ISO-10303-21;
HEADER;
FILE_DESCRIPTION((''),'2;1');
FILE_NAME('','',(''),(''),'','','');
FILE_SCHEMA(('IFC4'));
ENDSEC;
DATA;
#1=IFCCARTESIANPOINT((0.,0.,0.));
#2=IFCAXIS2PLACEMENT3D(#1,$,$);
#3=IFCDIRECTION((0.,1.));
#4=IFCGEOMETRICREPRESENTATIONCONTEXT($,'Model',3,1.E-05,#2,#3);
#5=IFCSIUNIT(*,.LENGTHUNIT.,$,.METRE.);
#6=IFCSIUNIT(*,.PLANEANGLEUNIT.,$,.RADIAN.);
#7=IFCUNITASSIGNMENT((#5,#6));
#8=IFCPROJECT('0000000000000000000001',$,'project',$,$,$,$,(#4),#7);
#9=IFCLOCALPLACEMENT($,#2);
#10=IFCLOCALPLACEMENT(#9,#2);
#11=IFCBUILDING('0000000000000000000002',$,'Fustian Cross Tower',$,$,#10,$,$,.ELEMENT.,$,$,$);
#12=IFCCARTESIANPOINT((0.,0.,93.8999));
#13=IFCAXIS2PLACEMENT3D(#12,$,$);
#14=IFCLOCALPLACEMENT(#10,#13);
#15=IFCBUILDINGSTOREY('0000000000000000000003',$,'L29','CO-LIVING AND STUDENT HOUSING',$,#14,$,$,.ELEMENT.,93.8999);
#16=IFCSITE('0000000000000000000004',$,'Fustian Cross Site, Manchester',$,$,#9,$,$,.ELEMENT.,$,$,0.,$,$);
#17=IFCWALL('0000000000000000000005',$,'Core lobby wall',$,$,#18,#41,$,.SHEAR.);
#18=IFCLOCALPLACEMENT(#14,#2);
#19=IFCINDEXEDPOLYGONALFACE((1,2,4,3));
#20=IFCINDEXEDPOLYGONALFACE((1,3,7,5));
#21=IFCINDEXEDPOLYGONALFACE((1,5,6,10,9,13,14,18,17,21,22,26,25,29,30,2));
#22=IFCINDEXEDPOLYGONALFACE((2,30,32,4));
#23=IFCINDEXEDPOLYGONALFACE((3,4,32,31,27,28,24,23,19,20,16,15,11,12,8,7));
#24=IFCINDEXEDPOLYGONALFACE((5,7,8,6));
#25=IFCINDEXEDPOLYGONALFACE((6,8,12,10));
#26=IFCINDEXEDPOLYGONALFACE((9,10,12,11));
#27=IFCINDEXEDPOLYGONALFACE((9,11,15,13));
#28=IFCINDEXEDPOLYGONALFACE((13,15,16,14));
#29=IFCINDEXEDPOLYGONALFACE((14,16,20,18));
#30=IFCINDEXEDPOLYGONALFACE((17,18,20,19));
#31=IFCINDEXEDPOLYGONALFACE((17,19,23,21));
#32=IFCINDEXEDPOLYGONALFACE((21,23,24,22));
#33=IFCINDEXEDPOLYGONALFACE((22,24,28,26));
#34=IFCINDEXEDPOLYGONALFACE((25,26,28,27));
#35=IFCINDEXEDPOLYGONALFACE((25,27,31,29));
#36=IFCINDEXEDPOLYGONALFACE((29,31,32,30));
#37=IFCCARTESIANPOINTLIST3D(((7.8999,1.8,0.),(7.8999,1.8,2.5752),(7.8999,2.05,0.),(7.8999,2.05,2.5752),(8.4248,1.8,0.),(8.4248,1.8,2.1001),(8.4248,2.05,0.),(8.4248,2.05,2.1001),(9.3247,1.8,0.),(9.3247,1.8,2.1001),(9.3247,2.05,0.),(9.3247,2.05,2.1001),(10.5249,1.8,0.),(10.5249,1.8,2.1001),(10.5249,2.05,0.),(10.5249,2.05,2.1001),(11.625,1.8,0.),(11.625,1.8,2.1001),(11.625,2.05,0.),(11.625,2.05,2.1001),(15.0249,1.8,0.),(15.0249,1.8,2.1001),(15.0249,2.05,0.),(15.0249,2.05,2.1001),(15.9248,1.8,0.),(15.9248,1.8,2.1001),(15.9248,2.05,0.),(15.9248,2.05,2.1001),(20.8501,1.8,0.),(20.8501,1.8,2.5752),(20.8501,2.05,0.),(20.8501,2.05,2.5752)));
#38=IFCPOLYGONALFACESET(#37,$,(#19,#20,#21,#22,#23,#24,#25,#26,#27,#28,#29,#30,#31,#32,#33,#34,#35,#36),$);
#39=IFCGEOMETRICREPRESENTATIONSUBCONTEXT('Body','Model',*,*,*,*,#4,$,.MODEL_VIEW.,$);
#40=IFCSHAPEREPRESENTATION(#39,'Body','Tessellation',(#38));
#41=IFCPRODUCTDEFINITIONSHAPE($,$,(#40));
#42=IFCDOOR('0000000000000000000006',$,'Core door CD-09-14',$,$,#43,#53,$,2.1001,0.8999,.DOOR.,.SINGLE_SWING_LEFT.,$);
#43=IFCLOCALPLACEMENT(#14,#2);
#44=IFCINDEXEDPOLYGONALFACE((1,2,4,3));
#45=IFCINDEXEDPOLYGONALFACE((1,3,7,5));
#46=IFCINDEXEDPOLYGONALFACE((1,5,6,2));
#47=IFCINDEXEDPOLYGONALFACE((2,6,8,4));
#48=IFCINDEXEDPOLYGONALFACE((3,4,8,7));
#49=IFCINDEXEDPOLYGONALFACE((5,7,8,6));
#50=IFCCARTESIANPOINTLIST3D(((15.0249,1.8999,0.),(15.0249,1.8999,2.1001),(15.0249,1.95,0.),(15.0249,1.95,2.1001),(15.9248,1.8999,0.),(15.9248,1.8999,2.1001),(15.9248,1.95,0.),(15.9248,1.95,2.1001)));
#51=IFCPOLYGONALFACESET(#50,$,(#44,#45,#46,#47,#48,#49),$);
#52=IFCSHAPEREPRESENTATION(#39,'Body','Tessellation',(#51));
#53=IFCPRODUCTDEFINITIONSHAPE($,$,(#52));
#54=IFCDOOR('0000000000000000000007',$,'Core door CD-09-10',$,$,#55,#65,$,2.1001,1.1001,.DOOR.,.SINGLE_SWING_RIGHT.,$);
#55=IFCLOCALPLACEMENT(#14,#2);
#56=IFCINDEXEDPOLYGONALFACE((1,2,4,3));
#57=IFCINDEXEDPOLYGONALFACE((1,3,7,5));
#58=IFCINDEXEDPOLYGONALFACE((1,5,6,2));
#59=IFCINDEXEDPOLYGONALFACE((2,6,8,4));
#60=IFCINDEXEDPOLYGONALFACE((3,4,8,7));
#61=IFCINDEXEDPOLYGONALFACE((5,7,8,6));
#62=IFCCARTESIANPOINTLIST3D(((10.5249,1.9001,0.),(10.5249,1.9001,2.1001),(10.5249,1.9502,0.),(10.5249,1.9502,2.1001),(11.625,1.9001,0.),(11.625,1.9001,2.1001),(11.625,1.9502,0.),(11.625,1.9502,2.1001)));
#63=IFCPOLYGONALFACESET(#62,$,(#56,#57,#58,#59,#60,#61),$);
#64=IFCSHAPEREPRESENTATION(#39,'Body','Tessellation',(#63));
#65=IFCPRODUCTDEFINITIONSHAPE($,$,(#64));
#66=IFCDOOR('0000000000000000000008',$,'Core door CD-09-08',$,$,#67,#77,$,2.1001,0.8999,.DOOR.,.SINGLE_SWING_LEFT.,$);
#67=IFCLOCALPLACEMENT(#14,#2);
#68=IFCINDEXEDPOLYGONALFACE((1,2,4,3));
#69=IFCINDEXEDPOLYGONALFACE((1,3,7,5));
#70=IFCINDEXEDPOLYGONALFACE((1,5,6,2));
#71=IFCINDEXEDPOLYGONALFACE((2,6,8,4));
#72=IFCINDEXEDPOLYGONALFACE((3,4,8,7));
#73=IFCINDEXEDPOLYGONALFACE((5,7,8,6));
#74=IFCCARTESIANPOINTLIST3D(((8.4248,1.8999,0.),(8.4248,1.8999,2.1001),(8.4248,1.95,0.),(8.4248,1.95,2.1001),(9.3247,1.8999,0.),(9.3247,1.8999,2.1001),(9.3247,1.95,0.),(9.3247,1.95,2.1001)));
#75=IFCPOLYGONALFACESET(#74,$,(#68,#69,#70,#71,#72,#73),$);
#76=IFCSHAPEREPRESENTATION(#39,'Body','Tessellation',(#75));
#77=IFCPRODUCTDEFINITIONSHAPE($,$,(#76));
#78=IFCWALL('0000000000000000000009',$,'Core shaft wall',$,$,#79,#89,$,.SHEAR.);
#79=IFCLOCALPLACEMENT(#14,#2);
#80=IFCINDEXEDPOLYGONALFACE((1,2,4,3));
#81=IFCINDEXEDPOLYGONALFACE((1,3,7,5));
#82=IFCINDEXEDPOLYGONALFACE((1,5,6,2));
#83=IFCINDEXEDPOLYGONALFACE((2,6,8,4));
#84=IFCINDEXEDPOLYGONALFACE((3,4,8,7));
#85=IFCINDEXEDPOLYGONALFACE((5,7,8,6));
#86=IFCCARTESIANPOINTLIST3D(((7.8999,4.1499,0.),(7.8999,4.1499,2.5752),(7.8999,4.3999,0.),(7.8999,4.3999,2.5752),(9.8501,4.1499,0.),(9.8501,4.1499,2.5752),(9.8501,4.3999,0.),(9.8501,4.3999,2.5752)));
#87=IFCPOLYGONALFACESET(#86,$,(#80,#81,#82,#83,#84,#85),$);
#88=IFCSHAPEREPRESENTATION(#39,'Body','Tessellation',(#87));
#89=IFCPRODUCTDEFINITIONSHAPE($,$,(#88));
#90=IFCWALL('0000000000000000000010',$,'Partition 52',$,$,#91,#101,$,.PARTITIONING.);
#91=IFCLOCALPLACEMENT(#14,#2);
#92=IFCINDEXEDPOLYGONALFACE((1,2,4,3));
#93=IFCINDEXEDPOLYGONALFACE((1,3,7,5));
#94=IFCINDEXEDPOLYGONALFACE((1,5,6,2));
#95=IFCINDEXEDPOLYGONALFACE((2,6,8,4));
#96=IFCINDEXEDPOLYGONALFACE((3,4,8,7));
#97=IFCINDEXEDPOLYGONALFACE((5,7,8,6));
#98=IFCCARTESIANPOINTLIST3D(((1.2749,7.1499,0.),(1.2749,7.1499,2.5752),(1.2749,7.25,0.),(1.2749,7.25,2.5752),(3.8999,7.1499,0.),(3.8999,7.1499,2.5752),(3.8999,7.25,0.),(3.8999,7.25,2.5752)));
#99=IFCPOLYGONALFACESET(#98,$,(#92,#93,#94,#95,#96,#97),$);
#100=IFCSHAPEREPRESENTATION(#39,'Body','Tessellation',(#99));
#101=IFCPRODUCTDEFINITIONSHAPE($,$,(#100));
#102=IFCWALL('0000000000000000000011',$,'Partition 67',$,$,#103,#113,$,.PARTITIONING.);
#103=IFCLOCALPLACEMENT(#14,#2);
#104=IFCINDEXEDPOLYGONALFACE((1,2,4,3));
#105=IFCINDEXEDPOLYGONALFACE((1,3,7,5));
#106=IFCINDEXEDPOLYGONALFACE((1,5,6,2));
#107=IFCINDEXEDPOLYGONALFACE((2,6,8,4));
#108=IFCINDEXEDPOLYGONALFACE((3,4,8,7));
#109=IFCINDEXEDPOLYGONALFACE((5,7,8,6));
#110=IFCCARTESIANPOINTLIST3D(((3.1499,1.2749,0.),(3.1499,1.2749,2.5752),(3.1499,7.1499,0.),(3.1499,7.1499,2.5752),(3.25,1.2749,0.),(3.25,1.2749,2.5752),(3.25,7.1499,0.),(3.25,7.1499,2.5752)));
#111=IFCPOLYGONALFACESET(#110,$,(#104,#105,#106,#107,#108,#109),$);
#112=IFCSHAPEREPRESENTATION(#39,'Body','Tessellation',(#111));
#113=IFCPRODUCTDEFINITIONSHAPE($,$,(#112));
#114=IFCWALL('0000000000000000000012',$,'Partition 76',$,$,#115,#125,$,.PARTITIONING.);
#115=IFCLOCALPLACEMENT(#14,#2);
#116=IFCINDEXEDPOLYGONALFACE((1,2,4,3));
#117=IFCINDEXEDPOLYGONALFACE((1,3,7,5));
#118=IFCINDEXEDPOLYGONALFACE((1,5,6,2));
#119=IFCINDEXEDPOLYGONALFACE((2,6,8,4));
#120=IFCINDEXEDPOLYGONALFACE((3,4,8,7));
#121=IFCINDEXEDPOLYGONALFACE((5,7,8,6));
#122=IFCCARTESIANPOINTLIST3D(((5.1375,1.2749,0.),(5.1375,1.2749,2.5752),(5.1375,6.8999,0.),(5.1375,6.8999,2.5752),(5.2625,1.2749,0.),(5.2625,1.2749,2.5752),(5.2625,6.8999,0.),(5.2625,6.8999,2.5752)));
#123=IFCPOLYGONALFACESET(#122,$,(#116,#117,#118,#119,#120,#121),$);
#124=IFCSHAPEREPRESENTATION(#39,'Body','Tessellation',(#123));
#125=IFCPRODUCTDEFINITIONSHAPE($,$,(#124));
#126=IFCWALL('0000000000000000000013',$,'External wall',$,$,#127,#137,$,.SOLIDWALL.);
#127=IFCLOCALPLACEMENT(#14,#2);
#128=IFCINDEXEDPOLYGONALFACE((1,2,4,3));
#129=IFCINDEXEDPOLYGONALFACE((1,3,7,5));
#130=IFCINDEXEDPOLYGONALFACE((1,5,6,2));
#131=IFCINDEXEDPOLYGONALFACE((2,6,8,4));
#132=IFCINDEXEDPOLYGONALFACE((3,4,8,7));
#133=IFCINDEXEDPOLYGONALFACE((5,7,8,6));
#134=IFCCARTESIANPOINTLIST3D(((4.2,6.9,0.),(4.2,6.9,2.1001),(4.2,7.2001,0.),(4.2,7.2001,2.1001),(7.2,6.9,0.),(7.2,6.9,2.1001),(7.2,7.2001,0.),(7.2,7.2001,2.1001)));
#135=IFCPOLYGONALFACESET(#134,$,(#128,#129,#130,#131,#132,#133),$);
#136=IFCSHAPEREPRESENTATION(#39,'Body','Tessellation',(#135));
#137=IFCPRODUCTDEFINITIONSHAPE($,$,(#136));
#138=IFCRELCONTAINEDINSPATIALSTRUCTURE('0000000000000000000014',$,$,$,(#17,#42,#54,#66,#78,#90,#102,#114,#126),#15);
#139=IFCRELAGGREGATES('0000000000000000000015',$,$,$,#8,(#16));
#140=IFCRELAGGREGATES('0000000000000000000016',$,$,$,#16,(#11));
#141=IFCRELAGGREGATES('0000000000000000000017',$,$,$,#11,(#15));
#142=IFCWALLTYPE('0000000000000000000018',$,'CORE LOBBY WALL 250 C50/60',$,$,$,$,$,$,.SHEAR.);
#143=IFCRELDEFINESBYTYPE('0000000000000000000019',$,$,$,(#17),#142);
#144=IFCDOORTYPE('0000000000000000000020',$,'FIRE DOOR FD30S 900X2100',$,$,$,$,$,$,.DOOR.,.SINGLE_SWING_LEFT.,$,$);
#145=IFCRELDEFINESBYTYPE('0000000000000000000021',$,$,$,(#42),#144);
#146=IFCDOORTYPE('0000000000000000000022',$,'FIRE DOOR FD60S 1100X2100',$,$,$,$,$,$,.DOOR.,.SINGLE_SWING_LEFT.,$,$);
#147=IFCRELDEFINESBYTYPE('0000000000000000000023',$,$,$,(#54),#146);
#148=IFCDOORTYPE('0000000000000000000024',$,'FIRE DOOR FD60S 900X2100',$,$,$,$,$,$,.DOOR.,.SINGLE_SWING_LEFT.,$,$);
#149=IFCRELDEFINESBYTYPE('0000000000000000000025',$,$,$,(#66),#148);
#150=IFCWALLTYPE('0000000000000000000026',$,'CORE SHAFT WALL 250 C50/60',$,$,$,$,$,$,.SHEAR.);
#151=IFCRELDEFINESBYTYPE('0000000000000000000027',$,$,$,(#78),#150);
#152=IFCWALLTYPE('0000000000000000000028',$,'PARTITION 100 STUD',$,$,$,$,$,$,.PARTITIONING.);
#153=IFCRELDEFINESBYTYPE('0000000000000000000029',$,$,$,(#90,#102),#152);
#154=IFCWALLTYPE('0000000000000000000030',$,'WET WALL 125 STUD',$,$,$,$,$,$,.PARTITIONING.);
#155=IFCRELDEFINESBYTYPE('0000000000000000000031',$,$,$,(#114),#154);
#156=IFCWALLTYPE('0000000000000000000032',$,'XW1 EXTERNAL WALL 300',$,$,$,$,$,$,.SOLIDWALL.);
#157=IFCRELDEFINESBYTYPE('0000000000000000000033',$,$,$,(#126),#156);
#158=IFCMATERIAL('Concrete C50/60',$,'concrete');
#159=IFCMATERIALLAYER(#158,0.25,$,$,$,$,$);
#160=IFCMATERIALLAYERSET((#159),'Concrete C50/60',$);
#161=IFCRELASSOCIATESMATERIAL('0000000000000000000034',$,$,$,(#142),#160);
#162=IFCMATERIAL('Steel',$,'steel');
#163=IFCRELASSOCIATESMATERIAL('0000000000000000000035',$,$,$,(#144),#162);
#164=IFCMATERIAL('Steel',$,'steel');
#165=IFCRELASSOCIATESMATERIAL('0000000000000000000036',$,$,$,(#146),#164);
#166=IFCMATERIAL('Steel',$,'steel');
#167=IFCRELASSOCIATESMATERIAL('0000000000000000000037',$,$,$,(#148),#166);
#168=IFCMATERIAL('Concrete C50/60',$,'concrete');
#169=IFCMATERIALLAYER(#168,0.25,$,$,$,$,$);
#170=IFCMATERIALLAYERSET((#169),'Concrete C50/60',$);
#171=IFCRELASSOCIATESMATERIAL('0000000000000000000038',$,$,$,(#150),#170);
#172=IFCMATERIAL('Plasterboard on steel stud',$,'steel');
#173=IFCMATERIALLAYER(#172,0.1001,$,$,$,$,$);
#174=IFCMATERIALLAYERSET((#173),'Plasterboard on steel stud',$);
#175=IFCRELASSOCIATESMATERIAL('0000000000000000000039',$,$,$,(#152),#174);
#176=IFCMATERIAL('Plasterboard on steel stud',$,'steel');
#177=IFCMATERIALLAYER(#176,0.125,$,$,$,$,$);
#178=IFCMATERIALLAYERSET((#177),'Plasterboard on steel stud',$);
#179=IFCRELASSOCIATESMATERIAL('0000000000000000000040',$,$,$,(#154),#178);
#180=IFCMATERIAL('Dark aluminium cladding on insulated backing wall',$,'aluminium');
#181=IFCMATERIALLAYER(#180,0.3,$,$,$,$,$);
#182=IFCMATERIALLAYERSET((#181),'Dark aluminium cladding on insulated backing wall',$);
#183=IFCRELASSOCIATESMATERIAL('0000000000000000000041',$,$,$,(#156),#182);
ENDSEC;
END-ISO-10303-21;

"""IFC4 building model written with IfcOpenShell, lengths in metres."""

from ifc_helpers import new_model, si_unit, direction, frame, frame_2d, origin, place, context, subcontext, project, spatial, rectangle, extrude, material, layer, layer_set, type_object, element, fill, save


model = new_model("IFC4")

# Units and contexts
model_context = context("Model", 3, precision=1e-05, world=origin(), true_north=direction((0.0, 1.0)))
body_context = subcontext(model_context, "Body", "Model", "MODEL_VIEW")
ifc_project = project(units=[si_unit("LENGTHUNIT", "METRE"), si_unit("PLANEANGLEUNIT", "RADIAN")], contexts=[model_context])

# Site, building, storey
site_placement = place(None, origin())
site = spatial("IfcSite", under=ifc_project, at=site_placement, Name="Fustian Cross Site, Manchester", CompositionType="ELEMENT", RefElevation=0.0)
building_placement = place(site_placement, origin())
building = spatial("IfcBuilding", under=site, at=building_placement, Name="Fustian Cross Tower", CompositionType="ELEMENT")
storey_placement = place(building_placement, frame((0.0, 0.0, 93.8999)))
storey = spatial("IfcBuildingStorey", under=building, at=storey_placement, Name="L29", Description="CO-LIVING AND STUDENT HOUSING", CompositionType="ELEMENT", Elevation=93.8999)

# Wall, openings, doors
ifc_material_1 = material(Name="Concrete C50/60", Category="concrete")
ifc_layer_1 = layer(ifc_material_1, 0.25)
ifc_layer_set_1 = layer_set([ifc_layer_1], Name="Concrete C50/60")
wall_type_1 = type_object("IfcWallType", Name="CORE LOBBY WALL 250 C50/60", PredefinedType="SHEAR", material=ifc_layer_set_1)
wall_1_placement = place(storey_placement, frame((7.8999, 1.925, 0.0), z_axis=(0.0, 0.0, 1.0), x_axis=(1.0, 0.0, 0.0)))
wall_1 = element("IfcWall", 1, at=wall_1_placement, inside=storey, type_object=wall_type_1, Name="Core lobby wall", PredefinedType="SHEAR", context=body_context, shape_type="SweptSolid", body=[
    extrude(rectangle(XDim=12.9502, YDim=0.25, at=frame_2d((6.4751, 0.0))), origin(), (0.0, 0.0, 1.0), 2.5752),
])
opening_1_placement = place(wall_1_placement, frame((0.5249, 0.0, 0.0)))
opening_1 = element("IfcOpeningElement", 2, at=opening_1_placement, cuts=wall_1, PredefinedType="OPENING", context=body_context, shape_type="SweptSolid", body=[
    extrude(rectangle(XDim=0.8999, YDim=2.1001, at=frame_2d((0.45, 1.05))), frame((0.0, 0.135, 0.0), z_axis=(0.0, -1.0, 0.0), x_axis=(1.0, 0.0, 0.0)), (0.0, 0.0, 1.0), 0.27),
])
opening_2_placement = place(wall_1_placement, frame((2.625, 0.0, 0.0)))
opening_2 = element("IfcOpeningElement", 3, at=opening_2_placement, cuts=wall_1, PredefinedType="OPENING", context=body_context, shape_type="SweptSolid", body=[
    extrude(rectangle(XDim=1.1001, YDim=2.1001, at=frame_2d((0.55, 1.05))), frame((0.0, 0.135, 0.0), z_axis=(0.0, -1.0, 0.0), x_axis=(1.0, 0.0, 0.0)), (0.0, 0.0, 1.0), 0.27),
])
opening_3_placement = place(wall_1_placement, frame((7.125, 0.0, 0.0)))
opening_3 = element("IfcOpeningElement", 4, at=opening_3_placement, cuts=wall_1, PredefinedType="OPENING", context=body_context, shape_type="SweptSolid", body=[
    extrude(rectangle(XDim=0.8999, YDim=2.1001, at=frame_2d((0.45, 1.05))), frame((0.0, 0.135, 0.0), z_axis=(0.0, -1.0, 0.0), x_axis=(1.0, 0.0, 0.0)), (0.0, 0.0, 1.0), 0.27),
])
ifc_material_2 = material(Name="Steel", Category="steel")
door_type_1 = type_object("IfcDoorType", Name="FIRE DOOR FD30S 900X2100", OperationType="SINGLE_SWING_LEFT", PredefinedType="DOOR", material=ifc_material_2)
door_1_placement = place(opening_3_placement, origin())
door_1 = element("IfcDoor", 5, at=door_1_placement, inside=storey, type_object=door_type_1, Name="Core door CD-09-14", OperationType="SINGLE_SWING_LEFT", OverallHeight=2.1001, OverallWidth=0.8999, PredefinedType="DOOR", context=body_context, shape_type="SweptSolid", body=[
    extrude(rectangle(XDim=0.8999, YDim=2.1001, at=frame_2d((0.45, 1.05))), frame((0.0, 0.0249, 0.0), z_axis=(0.0, -1.0, 0.0), x_axis=(1.0, 0.0, 0.0)), (0.0, 0.0, 1.0), 0.05),
])
fill(opening_3, door_1)
ifc_material_3 = material(Name="Steel", Category="steel")
door_type_2 = type_object("IfcDoorType", Name="FIRE DOOR FD60S 1100X2100", OperationType="SINGLE_SWING_LEFT", PredefinedType="DOOR", material=ifc_material_3)
door_2_placement = place(opening_2_placement, frame((1.1001, 0.0, 0.0), z_axis=(0.0, 0.0, 1.0), x_axis=(-1.0, 0.0, 0.0)))
door_2 = element("IfcDoor", 6, at=door_2_placement, inside=storey, type_object=door_type_2, Name="Core door CD-09-10", OperationType="SINGLE_SWING_RIGHT", OverallHeight=2.1001, OverallWidth=1.1001, PredefinedType="DOOR", context=body_context, shape_type="SweptSolid", body=[
    extrude(rectangle(XDim=1.1001, YDim=2.1001, at=frame_2d((0.55, 1.05))), frame((0.0, 0.0249, 0.0), z_axis=(0.0, -1.0, 0.0), x_axis=(1.0, 0.0, 0.0)), (0.0, 0.0, 1.0), 0.05),
])
fill(opening_2, door_2)
ifc_material_4 = material(Name="Steel", Category="steel")
door_type_3 = type_object("IfcDoorType", Name="FIRE DOOR FD60S 900X2100", OperationType="SINGLE_SWING_LEFT", PredefinedType="DOOR", material=ifc_material_4)
door_3_placement = place(opening_1_placement, origin())
door_3 = element("IfcDoor", 7, at=door_3_placement, inside=storey, type_object=door_type_3, Name="Core door CD-09-08", OperationType="SINGLE_SWING_LEFT", OverallHeight=2.1001, OverallWidth=0.8999, PredefinedType="DOOR", context=body_context, shape_type="SweptSolid", body=[
    extrude(rectangle(XDim=0.8999, YDim=2.1001, at=frame_2d((0.45, 1.05))), frame((0.0, 0.0249, 0.0), z_axis=(0.0, -1.0, 0.0), x_axis=(1.0, 0.0, 0.0)), (0.0, 0.0, 1.0), 0.05),
])
fill(opening_1, door_3)

# Walls
ifc_material_5 = material(Name="Concrete C50/60", Category="concrete")
ifc_layer_2 = layer(ifc_material_5, 0.25)
ifc_layer_set_2 = layer_set([ifc_layer_2], Name="Concrete C50/60")
wall_type_2 = type_object("IfcWallType", Name="CORE SHAFT WALL 250 C50/60", PredefinedType="SHEAR", material=ifc_layer_set_2)
wall_2_placement = place(storey_placement, frame((7.8999, 4.2749, 0.0), z_axis=(0.0, 0.0, 1.0), x_axis=(1.0, 0.0, 0.0)))
element("IfcWall", 8, at=wall_2_placement, inside=storey, type_object=wall_type_2, Name="Core shaft wall", PredefinedType="SHEAR", context=body_context, shape_type="SweptSolid", body=[
    extrude(rectangle(XDim=1.9502, YDim=0.25, at=frame_2d((0.9751, 0.0))), origin(), (0.0, 0.0, 1.0), 2.5752),
])
ifc_material_6 = material(Name="Plasterboard on steel stud", Category="steel")
ifc_layer_3 = layer(ifc_material_6, 0.1001)
ifc_layer_set_3 = layer_set([ifc_layer_3], Name="Plasterboard on steel stud")
wall_type_3 = type_object("IfcWallType", Name="PARTITION 100 STUD", PredefinedType="PARTITIONING", material=ifc_layer_set_3)
wall_3_placement = place(storey_placement, frame((1.2749, 7.2, 0.0), z_axis=(0.0, 0.0, 1.0), x_axis=(1.0, 0.0, 0.0)))
element("IfcWall", 9, at=wall_3_placement, inside=storey, type_object=wall_type_3, Name="Partition 52", PredefinedType="PARTITIONING", context=body_context, shape_type="SweptSolid", body=[
    extrude(rectangle(XDim=2.625, YDim=0.1001, at=frame_2d((1.3125, 0.0))), origin(), (0.0, 0.0, 1.0), 2.5752),
])
wall_4_placement = place(storey_placement, frame((3.2, 1.2749, 0.0), z_axis=(0.0, 0.0, 1.0), x_axis=(0.0, 1.0, 0.0)))
element("IfcWall", 10, at=wall_4_placement, inside=storey, type_object=wall_type_3, Name="Partition 67", PredefinedType="PARTITIONING", context=body_context, shape_type="SweptSolid", body=[
    extrude(rectangle(XDim=5.875, YDim=0.1001, at=frame_2d((2.9375, 0.0))), origin(), (0.0, 0.0, 1.0), 2.5752),
])
ifc_material_7 = material(Name="Plasterboard on steel stud", Category="steel")
ifc_layer_4 = layer(ifc_material_7, 0.125)
ifc_layer_set_4 = layer_set([ifc_layer_4], Name="Plasterboard on steel stud")
wall_type_4 = type_object("IfcWallType", Name="WET WALL 125 STUD", PredefinedType="PARTITIONING", material=ifc_layer_set_4)
wall_5_placement = place(storey_placement, frame((5.2, 1.2749, 0.0), z_axis=(0.0, 0.0, 1.0), x_axis=(0.0, 1.0, 0.0)))
element("IfcWall", 11, at=wall_5_placement, inside=storey, type_object=wall_type_4, Name="Partition 76", PredefinedType="PARTITIONING", context=body_context, shape_type="SweptSolid", body=[
    extrude(rectangle(XDim=5.625, YDim=0.125, at=frame_2d((2.8125, 0.0))), origin(), (0.0, 0.0, 1.0), 2.5752),
])
ifc_material_8 = material(Name="Dark aluminium cladding on insulated backing wall", Category="aluminium")
ifc_layer_5 = layer(ifc_material_8, 0.3)
ifc_layer_set_5 = layer_set([ifc_layer_5], Name="Dark aluminium cladding on insulated backing wall")
wall_type_5 = type_object("IfcWallType", Name="XW1 EXTERNAL WALL 300", PredefinedType="SOLIDWALL", material=ifc_layer_set_5)
wall_6_placement = place(storey_placement, frame((7.2, 7.05, 0.0), z_axis=(0.0, 0.0, 1.0), x_axis=(-1.0, 0.0, 0.0)))
element("IfcWall", 12, at=wall_6_placement, inside=storey, type_object=wall_type_5, Name="External wall", PredefinedType="SOLIDWALL", context=body_context, shape_type="SweptSolid", body=[
    extrude(rectangle(XDim=3.0, YDim=0.3, at=frame_2d((1.5, 0.0))), origin(), (0.0, 0.0, 1.0), 2.1001),
])

save(model, "model.ifc")
